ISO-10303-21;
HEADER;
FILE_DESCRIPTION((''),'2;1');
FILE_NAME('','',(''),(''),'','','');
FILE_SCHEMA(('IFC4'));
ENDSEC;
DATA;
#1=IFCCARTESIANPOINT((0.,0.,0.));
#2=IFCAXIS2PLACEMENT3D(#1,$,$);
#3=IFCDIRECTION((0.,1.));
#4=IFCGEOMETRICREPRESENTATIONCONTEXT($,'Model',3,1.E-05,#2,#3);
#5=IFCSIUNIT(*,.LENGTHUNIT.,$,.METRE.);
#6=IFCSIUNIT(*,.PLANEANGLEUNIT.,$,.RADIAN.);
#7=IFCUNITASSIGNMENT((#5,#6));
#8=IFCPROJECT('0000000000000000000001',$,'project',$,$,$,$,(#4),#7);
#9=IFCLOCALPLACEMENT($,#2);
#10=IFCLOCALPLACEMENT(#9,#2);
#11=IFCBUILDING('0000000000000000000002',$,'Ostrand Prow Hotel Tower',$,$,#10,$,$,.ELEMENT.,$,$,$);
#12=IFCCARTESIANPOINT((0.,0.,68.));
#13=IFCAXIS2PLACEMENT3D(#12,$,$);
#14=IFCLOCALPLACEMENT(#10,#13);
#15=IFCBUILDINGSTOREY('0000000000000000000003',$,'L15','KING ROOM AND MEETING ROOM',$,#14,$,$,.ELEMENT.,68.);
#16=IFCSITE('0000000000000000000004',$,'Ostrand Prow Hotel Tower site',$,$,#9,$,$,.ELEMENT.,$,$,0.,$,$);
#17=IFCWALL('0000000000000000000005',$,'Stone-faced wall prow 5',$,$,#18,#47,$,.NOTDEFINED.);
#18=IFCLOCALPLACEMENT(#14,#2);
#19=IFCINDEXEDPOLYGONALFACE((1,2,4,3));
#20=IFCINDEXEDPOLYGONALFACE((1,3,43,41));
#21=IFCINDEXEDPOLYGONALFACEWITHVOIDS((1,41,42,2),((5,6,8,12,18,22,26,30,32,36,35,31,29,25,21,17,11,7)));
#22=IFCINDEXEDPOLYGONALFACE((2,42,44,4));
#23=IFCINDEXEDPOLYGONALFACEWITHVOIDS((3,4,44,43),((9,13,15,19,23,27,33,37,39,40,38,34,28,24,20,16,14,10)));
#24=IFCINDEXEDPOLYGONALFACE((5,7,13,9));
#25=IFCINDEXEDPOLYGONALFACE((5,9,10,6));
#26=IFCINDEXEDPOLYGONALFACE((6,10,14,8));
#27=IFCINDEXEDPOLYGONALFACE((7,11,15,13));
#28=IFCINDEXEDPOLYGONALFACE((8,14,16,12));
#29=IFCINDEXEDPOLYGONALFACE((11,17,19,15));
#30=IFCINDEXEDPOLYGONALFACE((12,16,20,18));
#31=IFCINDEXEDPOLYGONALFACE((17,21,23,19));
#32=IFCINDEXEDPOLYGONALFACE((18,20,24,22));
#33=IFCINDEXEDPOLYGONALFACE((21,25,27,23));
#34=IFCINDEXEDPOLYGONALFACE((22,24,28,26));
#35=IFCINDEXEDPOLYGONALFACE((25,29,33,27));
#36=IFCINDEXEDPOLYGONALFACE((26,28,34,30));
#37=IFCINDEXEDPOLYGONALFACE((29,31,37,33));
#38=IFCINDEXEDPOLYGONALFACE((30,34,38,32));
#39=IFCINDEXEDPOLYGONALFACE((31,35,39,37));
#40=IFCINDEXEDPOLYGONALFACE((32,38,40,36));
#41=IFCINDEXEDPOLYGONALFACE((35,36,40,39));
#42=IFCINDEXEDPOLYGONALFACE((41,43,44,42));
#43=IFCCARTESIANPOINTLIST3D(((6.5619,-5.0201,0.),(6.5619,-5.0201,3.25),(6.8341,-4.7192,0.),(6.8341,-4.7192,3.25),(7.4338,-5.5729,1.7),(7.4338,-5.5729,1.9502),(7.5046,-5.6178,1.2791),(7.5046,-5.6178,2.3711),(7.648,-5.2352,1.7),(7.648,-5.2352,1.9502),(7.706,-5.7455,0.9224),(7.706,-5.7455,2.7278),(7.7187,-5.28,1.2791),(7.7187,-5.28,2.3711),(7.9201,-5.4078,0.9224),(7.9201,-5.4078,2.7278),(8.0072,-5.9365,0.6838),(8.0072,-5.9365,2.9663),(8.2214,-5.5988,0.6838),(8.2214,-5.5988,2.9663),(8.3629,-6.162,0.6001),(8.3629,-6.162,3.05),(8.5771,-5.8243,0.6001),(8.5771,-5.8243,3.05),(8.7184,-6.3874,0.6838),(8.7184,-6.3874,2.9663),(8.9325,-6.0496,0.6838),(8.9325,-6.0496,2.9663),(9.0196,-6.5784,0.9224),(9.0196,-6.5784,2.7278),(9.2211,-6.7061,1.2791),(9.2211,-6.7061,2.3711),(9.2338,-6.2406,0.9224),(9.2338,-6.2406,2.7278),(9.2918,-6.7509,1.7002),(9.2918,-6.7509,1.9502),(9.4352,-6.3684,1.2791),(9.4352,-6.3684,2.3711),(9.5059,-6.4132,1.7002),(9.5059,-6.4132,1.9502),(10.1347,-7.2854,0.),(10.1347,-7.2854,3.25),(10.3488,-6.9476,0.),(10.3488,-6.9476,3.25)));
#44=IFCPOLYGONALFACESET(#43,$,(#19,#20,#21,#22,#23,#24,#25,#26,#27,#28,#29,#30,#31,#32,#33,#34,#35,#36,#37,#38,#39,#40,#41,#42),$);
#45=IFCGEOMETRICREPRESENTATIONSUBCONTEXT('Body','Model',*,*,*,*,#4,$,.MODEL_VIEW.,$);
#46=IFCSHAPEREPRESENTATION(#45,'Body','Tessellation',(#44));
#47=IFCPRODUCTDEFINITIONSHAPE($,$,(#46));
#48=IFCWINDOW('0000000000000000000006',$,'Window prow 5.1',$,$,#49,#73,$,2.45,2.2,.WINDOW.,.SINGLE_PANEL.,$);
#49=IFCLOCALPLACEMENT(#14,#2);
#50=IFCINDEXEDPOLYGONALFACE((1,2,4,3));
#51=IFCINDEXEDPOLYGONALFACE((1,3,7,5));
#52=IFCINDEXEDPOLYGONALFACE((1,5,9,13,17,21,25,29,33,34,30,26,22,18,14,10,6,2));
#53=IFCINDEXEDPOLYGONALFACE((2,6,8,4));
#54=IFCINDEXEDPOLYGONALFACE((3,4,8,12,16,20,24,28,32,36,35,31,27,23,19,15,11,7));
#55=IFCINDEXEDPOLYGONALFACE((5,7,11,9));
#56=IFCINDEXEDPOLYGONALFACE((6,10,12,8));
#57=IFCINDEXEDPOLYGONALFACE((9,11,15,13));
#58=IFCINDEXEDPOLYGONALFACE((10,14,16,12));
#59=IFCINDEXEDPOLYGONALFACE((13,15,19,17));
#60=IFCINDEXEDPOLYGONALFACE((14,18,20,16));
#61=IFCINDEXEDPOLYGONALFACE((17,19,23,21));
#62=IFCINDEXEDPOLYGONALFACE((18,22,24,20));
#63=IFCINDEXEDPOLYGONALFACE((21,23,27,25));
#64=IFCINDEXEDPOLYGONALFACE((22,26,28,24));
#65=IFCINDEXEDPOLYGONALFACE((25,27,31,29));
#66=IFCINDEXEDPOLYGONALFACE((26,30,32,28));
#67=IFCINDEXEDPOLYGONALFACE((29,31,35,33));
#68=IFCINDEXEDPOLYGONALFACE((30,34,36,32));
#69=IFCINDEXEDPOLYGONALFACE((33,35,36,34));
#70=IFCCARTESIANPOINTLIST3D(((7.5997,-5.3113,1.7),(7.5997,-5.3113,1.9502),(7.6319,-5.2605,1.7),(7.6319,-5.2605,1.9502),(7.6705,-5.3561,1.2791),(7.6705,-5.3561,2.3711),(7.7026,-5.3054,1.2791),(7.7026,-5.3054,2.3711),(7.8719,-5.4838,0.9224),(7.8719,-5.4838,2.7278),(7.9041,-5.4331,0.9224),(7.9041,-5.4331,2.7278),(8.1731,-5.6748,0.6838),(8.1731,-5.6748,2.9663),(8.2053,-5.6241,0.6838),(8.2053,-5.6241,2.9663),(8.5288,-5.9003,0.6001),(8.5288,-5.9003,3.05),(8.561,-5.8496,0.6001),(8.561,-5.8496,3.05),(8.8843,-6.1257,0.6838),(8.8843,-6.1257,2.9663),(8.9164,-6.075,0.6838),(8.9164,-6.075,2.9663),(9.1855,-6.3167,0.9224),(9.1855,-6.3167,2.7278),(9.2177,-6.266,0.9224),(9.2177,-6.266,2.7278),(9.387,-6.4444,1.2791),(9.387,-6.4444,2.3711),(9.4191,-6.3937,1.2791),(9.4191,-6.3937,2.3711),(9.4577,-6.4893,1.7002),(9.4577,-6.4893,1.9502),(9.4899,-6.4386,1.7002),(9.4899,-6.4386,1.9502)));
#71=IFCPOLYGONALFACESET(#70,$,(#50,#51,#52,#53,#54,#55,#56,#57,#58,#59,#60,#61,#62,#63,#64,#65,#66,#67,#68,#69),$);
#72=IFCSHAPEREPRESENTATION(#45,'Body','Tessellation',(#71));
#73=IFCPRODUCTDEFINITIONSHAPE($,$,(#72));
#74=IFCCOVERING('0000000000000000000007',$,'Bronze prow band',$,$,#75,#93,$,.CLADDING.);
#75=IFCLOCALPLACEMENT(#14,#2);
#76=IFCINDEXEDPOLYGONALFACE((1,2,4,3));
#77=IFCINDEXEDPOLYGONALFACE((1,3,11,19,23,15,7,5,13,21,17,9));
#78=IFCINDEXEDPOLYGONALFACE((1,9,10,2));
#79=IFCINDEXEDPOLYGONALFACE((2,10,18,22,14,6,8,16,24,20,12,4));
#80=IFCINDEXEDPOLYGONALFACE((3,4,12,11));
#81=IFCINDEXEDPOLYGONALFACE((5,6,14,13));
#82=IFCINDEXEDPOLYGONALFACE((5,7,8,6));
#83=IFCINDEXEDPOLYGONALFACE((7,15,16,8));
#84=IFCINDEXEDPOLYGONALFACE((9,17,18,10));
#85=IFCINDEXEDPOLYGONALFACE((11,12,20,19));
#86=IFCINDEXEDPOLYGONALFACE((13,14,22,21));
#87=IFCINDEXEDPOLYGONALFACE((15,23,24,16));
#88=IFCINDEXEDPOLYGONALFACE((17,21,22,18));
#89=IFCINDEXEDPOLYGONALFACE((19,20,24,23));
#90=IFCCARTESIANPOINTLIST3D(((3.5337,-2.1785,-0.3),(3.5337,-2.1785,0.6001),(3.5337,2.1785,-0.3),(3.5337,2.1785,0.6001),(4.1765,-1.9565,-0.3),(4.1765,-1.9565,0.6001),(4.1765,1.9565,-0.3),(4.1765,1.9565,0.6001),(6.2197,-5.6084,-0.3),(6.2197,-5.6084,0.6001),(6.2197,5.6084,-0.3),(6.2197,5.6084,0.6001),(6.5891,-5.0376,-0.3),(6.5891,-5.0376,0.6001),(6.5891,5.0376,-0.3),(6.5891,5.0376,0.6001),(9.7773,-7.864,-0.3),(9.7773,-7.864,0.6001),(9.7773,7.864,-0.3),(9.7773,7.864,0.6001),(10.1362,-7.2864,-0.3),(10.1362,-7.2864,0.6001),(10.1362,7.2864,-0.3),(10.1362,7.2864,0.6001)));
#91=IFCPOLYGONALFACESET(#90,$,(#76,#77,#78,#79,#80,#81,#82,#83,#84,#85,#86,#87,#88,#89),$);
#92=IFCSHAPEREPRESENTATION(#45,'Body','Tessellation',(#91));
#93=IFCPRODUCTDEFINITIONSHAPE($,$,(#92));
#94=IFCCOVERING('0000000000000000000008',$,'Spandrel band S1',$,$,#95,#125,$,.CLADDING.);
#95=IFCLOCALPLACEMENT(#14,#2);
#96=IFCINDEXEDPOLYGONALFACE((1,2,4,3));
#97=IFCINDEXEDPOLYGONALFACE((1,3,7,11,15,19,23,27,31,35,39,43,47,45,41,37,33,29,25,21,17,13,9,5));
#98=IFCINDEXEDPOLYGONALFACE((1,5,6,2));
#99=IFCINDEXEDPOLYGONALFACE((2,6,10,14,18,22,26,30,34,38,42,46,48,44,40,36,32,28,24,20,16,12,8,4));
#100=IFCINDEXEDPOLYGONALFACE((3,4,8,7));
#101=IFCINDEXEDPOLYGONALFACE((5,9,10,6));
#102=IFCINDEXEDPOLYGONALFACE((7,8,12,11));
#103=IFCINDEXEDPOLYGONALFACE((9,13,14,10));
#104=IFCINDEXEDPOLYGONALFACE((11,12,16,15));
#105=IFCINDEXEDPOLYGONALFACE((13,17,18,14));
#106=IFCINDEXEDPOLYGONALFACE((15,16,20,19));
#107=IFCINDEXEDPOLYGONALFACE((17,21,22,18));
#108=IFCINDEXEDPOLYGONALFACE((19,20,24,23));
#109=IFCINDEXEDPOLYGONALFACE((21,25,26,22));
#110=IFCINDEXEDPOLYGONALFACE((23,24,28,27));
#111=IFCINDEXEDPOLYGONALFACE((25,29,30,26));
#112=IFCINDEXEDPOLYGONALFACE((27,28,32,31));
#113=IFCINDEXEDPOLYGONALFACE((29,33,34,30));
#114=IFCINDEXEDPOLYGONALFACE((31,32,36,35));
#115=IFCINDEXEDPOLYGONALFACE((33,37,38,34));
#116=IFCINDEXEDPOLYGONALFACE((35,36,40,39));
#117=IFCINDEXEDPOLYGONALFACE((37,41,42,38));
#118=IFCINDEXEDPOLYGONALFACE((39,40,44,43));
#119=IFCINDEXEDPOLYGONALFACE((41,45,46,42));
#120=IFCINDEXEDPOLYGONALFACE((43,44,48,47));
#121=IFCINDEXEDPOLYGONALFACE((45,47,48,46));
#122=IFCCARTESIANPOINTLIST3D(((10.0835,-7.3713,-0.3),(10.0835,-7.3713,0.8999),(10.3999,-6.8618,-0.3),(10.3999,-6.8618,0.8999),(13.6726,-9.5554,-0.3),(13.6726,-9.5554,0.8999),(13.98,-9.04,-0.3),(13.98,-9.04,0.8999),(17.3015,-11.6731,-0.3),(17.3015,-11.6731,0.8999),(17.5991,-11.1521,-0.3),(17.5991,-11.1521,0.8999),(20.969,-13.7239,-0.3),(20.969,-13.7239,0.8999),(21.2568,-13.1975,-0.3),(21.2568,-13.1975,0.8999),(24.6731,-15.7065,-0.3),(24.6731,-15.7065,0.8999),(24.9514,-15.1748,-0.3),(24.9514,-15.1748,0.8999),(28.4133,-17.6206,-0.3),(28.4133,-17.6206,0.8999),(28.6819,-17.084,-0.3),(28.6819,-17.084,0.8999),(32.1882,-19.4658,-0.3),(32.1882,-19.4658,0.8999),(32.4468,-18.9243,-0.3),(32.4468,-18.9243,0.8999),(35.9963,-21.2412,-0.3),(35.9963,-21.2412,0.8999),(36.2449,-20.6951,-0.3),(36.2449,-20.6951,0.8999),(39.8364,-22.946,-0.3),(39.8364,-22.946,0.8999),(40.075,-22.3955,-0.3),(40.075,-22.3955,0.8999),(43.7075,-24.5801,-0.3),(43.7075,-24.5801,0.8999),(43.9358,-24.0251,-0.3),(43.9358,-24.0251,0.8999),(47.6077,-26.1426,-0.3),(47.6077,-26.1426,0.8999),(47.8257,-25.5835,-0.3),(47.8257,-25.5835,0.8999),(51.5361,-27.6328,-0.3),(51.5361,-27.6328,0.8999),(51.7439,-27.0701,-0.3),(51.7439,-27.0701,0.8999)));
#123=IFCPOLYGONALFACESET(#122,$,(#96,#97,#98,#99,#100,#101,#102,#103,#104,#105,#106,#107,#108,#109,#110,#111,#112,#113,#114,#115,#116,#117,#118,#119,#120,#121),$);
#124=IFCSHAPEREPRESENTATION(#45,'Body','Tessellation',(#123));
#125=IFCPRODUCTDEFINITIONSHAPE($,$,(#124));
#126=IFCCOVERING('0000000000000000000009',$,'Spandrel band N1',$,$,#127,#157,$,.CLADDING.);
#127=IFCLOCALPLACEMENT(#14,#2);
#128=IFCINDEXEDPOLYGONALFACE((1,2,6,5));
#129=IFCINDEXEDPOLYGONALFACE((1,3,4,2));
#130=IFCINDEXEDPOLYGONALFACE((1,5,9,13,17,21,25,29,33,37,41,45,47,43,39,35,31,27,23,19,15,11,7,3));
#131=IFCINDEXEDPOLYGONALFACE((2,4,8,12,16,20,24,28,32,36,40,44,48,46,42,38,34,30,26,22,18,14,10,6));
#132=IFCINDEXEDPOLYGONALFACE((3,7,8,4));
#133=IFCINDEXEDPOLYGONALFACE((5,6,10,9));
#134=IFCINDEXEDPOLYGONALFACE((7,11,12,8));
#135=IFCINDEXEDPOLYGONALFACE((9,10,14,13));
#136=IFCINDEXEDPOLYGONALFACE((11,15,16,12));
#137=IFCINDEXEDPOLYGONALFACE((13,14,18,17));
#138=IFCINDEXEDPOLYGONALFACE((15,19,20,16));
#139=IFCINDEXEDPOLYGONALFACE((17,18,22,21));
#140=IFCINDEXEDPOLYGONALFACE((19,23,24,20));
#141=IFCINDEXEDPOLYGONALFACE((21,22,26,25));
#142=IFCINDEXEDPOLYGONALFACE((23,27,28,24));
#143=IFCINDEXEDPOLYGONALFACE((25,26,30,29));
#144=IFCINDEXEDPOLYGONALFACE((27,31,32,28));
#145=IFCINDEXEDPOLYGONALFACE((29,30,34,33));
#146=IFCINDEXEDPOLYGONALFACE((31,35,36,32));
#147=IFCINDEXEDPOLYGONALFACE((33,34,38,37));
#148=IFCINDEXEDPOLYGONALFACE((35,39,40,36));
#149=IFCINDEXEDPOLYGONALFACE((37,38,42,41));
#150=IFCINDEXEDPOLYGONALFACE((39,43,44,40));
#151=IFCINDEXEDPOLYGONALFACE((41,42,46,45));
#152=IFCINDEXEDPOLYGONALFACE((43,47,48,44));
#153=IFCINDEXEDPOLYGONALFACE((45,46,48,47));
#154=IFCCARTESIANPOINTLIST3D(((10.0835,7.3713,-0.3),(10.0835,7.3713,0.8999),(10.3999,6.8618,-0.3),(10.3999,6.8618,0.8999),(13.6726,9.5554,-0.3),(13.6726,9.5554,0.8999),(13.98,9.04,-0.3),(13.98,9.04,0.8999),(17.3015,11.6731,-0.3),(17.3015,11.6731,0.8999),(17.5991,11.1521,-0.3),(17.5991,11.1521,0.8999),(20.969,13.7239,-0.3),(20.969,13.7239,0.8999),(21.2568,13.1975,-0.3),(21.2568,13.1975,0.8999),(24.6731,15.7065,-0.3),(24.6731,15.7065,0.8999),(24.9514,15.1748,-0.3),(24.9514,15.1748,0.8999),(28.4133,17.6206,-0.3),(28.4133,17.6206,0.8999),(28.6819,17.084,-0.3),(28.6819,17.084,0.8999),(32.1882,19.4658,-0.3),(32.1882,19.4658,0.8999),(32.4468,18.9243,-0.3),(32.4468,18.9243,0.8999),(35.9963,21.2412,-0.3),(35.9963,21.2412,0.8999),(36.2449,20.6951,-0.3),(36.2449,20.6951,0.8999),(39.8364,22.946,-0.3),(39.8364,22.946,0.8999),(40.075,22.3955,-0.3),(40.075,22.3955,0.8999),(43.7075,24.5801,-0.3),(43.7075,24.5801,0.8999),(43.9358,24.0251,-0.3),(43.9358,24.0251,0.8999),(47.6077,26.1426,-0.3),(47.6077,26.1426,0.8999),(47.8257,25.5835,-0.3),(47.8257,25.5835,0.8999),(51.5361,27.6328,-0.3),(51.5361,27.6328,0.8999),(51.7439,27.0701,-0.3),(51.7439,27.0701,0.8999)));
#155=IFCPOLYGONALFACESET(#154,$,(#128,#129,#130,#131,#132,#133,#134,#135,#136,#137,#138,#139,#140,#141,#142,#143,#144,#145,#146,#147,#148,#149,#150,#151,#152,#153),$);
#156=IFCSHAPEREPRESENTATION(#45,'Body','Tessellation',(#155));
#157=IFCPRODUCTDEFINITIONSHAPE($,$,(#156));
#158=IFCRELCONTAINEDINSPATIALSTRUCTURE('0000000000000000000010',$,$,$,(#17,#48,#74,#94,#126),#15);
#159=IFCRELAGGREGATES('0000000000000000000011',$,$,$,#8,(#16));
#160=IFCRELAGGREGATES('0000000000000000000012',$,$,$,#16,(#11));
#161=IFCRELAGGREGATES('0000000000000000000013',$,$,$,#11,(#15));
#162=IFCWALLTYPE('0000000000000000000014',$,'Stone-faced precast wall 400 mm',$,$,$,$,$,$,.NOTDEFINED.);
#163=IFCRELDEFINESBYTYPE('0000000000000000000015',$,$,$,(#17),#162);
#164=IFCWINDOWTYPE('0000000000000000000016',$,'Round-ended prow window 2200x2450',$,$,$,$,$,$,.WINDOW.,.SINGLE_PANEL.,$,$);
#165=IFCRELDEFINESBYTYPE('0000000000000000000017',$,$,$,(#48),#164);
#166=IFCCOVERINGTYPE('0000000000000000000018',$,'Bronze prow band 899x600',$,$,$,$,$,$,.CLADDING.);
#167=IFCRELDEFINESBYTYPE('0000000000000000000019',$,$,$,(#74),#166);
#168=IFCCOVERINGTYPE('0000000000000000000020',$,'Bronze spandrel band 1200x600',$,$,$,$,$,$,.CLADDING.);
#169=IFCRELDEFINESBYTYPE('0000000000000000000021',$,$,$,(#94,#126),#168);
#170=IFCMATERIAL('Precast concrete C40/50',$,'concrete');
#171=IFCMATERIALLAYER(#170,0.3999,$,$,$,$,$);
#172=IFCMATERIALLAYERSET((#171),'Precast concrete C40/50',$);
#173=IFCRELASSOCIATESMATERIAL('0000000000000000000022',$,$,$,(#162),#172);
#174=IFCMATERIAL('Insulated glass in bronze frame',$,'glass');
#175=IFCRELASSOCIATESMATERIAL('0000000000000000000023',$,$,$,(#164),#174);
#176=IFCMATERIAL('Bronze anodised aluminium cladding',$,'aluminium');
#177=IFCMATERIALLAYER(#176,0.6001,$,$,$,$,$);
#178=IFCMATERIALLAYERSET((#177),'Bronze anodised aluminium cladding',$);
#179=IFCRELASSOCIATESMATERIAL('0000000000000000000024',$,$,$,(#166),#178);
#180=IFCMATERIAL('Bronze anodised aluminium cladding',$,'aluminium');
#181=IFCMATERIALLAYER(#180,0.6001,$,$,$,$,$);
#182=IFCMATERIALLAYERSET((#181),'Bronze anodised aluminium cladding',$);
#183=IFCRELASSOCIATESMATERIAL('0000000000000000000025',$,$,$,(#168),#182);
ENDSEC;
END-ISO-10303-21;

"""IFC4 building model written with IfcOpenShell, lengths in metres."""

from ifc_helpers import new_model, si_unit, direction, frame, origin, place, context, subcontext, project, spatial, polyline, outline, extrude, material, layer, layer_set, type_object, element, fill, save


model = new_model("IFC4")

# Units and contexts
model_context = context("Model", 3, precision=1e-05, world=origin(), true_north=direction((0.0, 1.0)))
body_context = subcontext(model_context, "Body", "Model", "MODEL_VIEW")
ifc_project = project(units=[si_unit("LENGTHUNIT", "METRE"), si_unit("PLANEANGLEUNIT", "RADIAN")], contexts=[model_context])

# Site, building, storey
site_placement = place(None, origin())
site = spatial("IfcSite", under=ifc_project, at=site_placement, Name="Ostrand Prow Hotel Tower site", CompositionType="ELEMENT", RefElevation=0.0)
building_placement = place(site_placement, origin())
building = spatial("IfcBuilding", under=site, at=building_placement, Name="Ostrand Prow Hotel Tower", CompositionType="ELEMENT")
storey_placement = place(building_placement, frame((0.0, 0.0, 68.0)))
storey = spatial("IfcBuildingStorey", under=building, at=storey_placement, Name="L15", Description="KING ROOM AND MEETING ROOM", CompositionType="ELEMENT", Elevation=68.0)

# Wall, opening, window
ifc_material_1 = material(Name="Precast concrete C40/50", Category="concrete")
ifc_layer_1 = layer(ifc_material_1, 0.3999)
ifc_layer_set_1 = layer_set([ifc_layer_1], Name="Precast concrete C40/50")
wall_type_1 = type_object("IfcWallType", Name="Stone-faced precast wall 400 mm", PredefinedType="NOTDEFINED", material=ifc_layer_set_1)
ifc_material_2 = material(Name="Insulated glass in bronze frame", Category="glass")
window_type = type_object("IfcWindowType", Name="Round-ended prow window 2200x2450", PartitioningType="SINGLE_PANEL", PredefinedType="WINDOW", material=ifc_material_2)
wall_1_placement = place(storey_placement, frame((6.698, -4.8696, 0.0), z_axis=(0.0, 0.0, 1.0), x_axis=(0.844552, -0.535474, 0.0)))
wall_1 = element("IfcWall", 1, at=wall_1_placement, inside=storey, type_object=wall_type_1, Name="Stone-faced wall prow 5", PredefinedType="NOTDEFINED", context=body_context, shape_type="SweptSolid", body=[
    extrude(outline(polyline([(-0.0344, -0.2), (4.196, -0.2), (4.196, 0.2), (0.0344, 0.2), (-0.0344, -0.2)])), origin(), (0.0, 0.0, 1.0), 3.25),
])
opening_1_placement = place(wall_1_placement, frame((0.998, 0.0, 0.6001)))
opening_1 = element("IfcOpeningElement", 2, at=opening_1_placement, cuts=wall_1, PredefinedType="OPENING", context=body_context, shape_type="SweptSolid", body=[
    extrude(outline(polyline([(0.0, 1.3501), (0.0837, 1.771), (0.3223, 2.1277), (0.679, 2.3662), (1.1001, 2.45), (1.521, 2.3662), (1.8777, 2.1277), (2.1162, 1.771), (2.2, 1.3501), (2.2, 1.1001), (2.1162, 0.679), (1.8777, 0.3223), (1.521, 0.0837), (1.1001, 0.0), (0.679, 0.0837), (0.3223, 0.3223), (0.0837, 0.679), (0.0, 1.0999), (0.0, 1.3501)])), frame((0.0, 0.21, 0.0), z_axis=(0.0, -1.0, 0.0), x_axis=(1.0, 0.0, 0.0)), (0.0, 0.0, 1.0), 0.4199),
])
window_1_placement = place(opening_1_placement, origin())
window_1 = element("IfcWindow", 3, at=window_1_placement, inside=storey, type_object=window_type, Name="Window prow 5.1", OverallHeight=2.45, OverallWidth=2.2, PartitioningType="SINGLE_PANEL", PredefinedType="WINDOW", context=body_context, shape_type="SweptSolid", body=[
    extrude(outline(polyline([(0.0, 1.3501), (0.0837, 1.771), (0.3223, 2.1277), (0.679, 2.3662), (1.1001, 2.45), (1.521, 2.3662), (1.8777, 2.1277), (2.1162, 1.771), (2.2, 1.3501), (2.2, 1.1001), (2.1162, 0.679), (1.8777, 0.3223), (1.521, 0.0837), (1.1001, 0.0), (0.679, 0.0837), (0.3223, 0.3223), (0.0837, 0.679), (0.0, 1.0999), (0.0, 1.3501)])), frame((0.0, 0.1699, 0.0), z_axis=(0.0, -1.0, 0.0), x_axis=(1.0, 0.0, 0.0)), (0.0, 0.0, 1.0), 0.0601),
])
fill(opening_1, window_1)

# Coverings
ifc_material_3 = material(Name="Bronze anodised aluminium cladding", Category="aluminium")
ifc_layer_2 = layer(ifc_material_3, 0.6001)
ifc_layer_set_2 = layer_set([ifc_layer_2], Name="Bronze anodised aluminium cladding")
covering_type_1 = type_object("IfcCoveringType", Name="Bronze prow band 899x600", PredefinedType="CLADDING", material=ifc_layer_set_2)
covering_1_placement = place(storey_placement, frame((0.0, 0.0, -0.3)))
element("IfcCovering", 4, at=covering_1_placement, inside=storey, type_object=covering_type_1, Name="Bronze prow band", PredefinedType="CLADDING", context=body_context, shape_type="SweptSolid", body=[
    extrude(outline(polyline([(9.7773, 7.864), (6.2197, 5.6084), (3.5337, 2.1785), (3.5337, -2.1785), (6.2197, -5.6084), (9.7773, -7.864), (10.1362, -7.2864), (6.5891, -5.0376), (4.1765, -1.9565), (4.1765, 1.9565), (6.5891, 5.0376), (10.1362, 7.2864), (9.7773, 7.864)])), origin(), (0.0, 0.0, 1.0), 0.9001),
])
ifc_material_4 = material(Name="Bronze anodised aluminium cladding", Category="aluminium")
ifc_layer_3 = layer(ifc_material_4, 0.6001)
ifc_layer_set_3 = layer_set([ifc_layer_3], Name="Bronze anodised aluminium cladding")
covering_type_2 = type_object("IfcCoveringType", Name="Bronze spandrel band 1200x600", PredefinedType="CLADDING", material=ifc_layer_set_3)
covering_2_placement = place(storey_placement, frame((0.0, 0.0, -0.3)))
element("IfcCovering", 5, at=covering_2_placement, inside=storey, type_object=covering_type_2, Name="Spandrel band S1", PredefinedType="CLADDING", context=body_context, shape_type="SweptSolid", body=[
    extrude(outline(polyline([(10.0835, -7.3713), (13.6726, -9.5554), (17.3015, -11.6731), (20.969, -13.7239), (24.6731, -15.7065), (28.4133, -17.6206), (32.1882, -19.4658), (35.9963, -21.2412), (39.8364, -22.946), (43.7075, -24.5801), (47.6077, -26.1426), (51.5361, -27.6328), (51.7439, -27.0701), (47.8257, -25.5835), (43.9358, -24.0251), (40.075, -22.3955), (36.2449, -20.6951), (32.4468, -18.9243), (28.6819, -17.084), (24.9514, -15.1748), (21.2568, -13.1975), (17.5991, -11.1521), (13.98, -9.04), (10.3999, -6.8618), (10.0835, -7.3713)])), origin(), (0.0, 0.0, 1.0), 1.2),
])
covering_3_placement = place(storey_placement, frame((0.0, 0.0, -0.3)))
element("IfcCovering", 6, at=covering_3_placement, inside=storey, type_object=covering_type_2, Name="Spandrel band N1", PredefinedType="CLADDING", context=body_context, shape_type="SweptSolid", body=[
    extrude(outline(polyline([(51.5361, 27.6328), (47.6077, 26.1426), (43.7075, 24.5801), (39.8364, 22.946), (35.9963, 21.2412), (32.1882, 19.4658), (28.4133, 17.6206), (24.6731, 15.7065), (20.969, 13.7239), (17.3015, 11.6731), (13.6726, 9.5554), (10.0835, 7.3713), (10.3999, 6.8618), (13.98, 9.04), (17.5991, 11.1521), (21.2568, 13.1975), (24.9514, 15.1748), (28.6819, 17.084), (32.4468, 18.9243), (36.2449, 20.6951), (40.075, 22.3955), (43.9358, 24.0251), (47.8257, 25.5835), (51.7439, 27.0701), (51.5361, 27.6328)])), origin(), (0.0, 0.0, 1.0), 1.2),
])

save(model, "model.ifc")
